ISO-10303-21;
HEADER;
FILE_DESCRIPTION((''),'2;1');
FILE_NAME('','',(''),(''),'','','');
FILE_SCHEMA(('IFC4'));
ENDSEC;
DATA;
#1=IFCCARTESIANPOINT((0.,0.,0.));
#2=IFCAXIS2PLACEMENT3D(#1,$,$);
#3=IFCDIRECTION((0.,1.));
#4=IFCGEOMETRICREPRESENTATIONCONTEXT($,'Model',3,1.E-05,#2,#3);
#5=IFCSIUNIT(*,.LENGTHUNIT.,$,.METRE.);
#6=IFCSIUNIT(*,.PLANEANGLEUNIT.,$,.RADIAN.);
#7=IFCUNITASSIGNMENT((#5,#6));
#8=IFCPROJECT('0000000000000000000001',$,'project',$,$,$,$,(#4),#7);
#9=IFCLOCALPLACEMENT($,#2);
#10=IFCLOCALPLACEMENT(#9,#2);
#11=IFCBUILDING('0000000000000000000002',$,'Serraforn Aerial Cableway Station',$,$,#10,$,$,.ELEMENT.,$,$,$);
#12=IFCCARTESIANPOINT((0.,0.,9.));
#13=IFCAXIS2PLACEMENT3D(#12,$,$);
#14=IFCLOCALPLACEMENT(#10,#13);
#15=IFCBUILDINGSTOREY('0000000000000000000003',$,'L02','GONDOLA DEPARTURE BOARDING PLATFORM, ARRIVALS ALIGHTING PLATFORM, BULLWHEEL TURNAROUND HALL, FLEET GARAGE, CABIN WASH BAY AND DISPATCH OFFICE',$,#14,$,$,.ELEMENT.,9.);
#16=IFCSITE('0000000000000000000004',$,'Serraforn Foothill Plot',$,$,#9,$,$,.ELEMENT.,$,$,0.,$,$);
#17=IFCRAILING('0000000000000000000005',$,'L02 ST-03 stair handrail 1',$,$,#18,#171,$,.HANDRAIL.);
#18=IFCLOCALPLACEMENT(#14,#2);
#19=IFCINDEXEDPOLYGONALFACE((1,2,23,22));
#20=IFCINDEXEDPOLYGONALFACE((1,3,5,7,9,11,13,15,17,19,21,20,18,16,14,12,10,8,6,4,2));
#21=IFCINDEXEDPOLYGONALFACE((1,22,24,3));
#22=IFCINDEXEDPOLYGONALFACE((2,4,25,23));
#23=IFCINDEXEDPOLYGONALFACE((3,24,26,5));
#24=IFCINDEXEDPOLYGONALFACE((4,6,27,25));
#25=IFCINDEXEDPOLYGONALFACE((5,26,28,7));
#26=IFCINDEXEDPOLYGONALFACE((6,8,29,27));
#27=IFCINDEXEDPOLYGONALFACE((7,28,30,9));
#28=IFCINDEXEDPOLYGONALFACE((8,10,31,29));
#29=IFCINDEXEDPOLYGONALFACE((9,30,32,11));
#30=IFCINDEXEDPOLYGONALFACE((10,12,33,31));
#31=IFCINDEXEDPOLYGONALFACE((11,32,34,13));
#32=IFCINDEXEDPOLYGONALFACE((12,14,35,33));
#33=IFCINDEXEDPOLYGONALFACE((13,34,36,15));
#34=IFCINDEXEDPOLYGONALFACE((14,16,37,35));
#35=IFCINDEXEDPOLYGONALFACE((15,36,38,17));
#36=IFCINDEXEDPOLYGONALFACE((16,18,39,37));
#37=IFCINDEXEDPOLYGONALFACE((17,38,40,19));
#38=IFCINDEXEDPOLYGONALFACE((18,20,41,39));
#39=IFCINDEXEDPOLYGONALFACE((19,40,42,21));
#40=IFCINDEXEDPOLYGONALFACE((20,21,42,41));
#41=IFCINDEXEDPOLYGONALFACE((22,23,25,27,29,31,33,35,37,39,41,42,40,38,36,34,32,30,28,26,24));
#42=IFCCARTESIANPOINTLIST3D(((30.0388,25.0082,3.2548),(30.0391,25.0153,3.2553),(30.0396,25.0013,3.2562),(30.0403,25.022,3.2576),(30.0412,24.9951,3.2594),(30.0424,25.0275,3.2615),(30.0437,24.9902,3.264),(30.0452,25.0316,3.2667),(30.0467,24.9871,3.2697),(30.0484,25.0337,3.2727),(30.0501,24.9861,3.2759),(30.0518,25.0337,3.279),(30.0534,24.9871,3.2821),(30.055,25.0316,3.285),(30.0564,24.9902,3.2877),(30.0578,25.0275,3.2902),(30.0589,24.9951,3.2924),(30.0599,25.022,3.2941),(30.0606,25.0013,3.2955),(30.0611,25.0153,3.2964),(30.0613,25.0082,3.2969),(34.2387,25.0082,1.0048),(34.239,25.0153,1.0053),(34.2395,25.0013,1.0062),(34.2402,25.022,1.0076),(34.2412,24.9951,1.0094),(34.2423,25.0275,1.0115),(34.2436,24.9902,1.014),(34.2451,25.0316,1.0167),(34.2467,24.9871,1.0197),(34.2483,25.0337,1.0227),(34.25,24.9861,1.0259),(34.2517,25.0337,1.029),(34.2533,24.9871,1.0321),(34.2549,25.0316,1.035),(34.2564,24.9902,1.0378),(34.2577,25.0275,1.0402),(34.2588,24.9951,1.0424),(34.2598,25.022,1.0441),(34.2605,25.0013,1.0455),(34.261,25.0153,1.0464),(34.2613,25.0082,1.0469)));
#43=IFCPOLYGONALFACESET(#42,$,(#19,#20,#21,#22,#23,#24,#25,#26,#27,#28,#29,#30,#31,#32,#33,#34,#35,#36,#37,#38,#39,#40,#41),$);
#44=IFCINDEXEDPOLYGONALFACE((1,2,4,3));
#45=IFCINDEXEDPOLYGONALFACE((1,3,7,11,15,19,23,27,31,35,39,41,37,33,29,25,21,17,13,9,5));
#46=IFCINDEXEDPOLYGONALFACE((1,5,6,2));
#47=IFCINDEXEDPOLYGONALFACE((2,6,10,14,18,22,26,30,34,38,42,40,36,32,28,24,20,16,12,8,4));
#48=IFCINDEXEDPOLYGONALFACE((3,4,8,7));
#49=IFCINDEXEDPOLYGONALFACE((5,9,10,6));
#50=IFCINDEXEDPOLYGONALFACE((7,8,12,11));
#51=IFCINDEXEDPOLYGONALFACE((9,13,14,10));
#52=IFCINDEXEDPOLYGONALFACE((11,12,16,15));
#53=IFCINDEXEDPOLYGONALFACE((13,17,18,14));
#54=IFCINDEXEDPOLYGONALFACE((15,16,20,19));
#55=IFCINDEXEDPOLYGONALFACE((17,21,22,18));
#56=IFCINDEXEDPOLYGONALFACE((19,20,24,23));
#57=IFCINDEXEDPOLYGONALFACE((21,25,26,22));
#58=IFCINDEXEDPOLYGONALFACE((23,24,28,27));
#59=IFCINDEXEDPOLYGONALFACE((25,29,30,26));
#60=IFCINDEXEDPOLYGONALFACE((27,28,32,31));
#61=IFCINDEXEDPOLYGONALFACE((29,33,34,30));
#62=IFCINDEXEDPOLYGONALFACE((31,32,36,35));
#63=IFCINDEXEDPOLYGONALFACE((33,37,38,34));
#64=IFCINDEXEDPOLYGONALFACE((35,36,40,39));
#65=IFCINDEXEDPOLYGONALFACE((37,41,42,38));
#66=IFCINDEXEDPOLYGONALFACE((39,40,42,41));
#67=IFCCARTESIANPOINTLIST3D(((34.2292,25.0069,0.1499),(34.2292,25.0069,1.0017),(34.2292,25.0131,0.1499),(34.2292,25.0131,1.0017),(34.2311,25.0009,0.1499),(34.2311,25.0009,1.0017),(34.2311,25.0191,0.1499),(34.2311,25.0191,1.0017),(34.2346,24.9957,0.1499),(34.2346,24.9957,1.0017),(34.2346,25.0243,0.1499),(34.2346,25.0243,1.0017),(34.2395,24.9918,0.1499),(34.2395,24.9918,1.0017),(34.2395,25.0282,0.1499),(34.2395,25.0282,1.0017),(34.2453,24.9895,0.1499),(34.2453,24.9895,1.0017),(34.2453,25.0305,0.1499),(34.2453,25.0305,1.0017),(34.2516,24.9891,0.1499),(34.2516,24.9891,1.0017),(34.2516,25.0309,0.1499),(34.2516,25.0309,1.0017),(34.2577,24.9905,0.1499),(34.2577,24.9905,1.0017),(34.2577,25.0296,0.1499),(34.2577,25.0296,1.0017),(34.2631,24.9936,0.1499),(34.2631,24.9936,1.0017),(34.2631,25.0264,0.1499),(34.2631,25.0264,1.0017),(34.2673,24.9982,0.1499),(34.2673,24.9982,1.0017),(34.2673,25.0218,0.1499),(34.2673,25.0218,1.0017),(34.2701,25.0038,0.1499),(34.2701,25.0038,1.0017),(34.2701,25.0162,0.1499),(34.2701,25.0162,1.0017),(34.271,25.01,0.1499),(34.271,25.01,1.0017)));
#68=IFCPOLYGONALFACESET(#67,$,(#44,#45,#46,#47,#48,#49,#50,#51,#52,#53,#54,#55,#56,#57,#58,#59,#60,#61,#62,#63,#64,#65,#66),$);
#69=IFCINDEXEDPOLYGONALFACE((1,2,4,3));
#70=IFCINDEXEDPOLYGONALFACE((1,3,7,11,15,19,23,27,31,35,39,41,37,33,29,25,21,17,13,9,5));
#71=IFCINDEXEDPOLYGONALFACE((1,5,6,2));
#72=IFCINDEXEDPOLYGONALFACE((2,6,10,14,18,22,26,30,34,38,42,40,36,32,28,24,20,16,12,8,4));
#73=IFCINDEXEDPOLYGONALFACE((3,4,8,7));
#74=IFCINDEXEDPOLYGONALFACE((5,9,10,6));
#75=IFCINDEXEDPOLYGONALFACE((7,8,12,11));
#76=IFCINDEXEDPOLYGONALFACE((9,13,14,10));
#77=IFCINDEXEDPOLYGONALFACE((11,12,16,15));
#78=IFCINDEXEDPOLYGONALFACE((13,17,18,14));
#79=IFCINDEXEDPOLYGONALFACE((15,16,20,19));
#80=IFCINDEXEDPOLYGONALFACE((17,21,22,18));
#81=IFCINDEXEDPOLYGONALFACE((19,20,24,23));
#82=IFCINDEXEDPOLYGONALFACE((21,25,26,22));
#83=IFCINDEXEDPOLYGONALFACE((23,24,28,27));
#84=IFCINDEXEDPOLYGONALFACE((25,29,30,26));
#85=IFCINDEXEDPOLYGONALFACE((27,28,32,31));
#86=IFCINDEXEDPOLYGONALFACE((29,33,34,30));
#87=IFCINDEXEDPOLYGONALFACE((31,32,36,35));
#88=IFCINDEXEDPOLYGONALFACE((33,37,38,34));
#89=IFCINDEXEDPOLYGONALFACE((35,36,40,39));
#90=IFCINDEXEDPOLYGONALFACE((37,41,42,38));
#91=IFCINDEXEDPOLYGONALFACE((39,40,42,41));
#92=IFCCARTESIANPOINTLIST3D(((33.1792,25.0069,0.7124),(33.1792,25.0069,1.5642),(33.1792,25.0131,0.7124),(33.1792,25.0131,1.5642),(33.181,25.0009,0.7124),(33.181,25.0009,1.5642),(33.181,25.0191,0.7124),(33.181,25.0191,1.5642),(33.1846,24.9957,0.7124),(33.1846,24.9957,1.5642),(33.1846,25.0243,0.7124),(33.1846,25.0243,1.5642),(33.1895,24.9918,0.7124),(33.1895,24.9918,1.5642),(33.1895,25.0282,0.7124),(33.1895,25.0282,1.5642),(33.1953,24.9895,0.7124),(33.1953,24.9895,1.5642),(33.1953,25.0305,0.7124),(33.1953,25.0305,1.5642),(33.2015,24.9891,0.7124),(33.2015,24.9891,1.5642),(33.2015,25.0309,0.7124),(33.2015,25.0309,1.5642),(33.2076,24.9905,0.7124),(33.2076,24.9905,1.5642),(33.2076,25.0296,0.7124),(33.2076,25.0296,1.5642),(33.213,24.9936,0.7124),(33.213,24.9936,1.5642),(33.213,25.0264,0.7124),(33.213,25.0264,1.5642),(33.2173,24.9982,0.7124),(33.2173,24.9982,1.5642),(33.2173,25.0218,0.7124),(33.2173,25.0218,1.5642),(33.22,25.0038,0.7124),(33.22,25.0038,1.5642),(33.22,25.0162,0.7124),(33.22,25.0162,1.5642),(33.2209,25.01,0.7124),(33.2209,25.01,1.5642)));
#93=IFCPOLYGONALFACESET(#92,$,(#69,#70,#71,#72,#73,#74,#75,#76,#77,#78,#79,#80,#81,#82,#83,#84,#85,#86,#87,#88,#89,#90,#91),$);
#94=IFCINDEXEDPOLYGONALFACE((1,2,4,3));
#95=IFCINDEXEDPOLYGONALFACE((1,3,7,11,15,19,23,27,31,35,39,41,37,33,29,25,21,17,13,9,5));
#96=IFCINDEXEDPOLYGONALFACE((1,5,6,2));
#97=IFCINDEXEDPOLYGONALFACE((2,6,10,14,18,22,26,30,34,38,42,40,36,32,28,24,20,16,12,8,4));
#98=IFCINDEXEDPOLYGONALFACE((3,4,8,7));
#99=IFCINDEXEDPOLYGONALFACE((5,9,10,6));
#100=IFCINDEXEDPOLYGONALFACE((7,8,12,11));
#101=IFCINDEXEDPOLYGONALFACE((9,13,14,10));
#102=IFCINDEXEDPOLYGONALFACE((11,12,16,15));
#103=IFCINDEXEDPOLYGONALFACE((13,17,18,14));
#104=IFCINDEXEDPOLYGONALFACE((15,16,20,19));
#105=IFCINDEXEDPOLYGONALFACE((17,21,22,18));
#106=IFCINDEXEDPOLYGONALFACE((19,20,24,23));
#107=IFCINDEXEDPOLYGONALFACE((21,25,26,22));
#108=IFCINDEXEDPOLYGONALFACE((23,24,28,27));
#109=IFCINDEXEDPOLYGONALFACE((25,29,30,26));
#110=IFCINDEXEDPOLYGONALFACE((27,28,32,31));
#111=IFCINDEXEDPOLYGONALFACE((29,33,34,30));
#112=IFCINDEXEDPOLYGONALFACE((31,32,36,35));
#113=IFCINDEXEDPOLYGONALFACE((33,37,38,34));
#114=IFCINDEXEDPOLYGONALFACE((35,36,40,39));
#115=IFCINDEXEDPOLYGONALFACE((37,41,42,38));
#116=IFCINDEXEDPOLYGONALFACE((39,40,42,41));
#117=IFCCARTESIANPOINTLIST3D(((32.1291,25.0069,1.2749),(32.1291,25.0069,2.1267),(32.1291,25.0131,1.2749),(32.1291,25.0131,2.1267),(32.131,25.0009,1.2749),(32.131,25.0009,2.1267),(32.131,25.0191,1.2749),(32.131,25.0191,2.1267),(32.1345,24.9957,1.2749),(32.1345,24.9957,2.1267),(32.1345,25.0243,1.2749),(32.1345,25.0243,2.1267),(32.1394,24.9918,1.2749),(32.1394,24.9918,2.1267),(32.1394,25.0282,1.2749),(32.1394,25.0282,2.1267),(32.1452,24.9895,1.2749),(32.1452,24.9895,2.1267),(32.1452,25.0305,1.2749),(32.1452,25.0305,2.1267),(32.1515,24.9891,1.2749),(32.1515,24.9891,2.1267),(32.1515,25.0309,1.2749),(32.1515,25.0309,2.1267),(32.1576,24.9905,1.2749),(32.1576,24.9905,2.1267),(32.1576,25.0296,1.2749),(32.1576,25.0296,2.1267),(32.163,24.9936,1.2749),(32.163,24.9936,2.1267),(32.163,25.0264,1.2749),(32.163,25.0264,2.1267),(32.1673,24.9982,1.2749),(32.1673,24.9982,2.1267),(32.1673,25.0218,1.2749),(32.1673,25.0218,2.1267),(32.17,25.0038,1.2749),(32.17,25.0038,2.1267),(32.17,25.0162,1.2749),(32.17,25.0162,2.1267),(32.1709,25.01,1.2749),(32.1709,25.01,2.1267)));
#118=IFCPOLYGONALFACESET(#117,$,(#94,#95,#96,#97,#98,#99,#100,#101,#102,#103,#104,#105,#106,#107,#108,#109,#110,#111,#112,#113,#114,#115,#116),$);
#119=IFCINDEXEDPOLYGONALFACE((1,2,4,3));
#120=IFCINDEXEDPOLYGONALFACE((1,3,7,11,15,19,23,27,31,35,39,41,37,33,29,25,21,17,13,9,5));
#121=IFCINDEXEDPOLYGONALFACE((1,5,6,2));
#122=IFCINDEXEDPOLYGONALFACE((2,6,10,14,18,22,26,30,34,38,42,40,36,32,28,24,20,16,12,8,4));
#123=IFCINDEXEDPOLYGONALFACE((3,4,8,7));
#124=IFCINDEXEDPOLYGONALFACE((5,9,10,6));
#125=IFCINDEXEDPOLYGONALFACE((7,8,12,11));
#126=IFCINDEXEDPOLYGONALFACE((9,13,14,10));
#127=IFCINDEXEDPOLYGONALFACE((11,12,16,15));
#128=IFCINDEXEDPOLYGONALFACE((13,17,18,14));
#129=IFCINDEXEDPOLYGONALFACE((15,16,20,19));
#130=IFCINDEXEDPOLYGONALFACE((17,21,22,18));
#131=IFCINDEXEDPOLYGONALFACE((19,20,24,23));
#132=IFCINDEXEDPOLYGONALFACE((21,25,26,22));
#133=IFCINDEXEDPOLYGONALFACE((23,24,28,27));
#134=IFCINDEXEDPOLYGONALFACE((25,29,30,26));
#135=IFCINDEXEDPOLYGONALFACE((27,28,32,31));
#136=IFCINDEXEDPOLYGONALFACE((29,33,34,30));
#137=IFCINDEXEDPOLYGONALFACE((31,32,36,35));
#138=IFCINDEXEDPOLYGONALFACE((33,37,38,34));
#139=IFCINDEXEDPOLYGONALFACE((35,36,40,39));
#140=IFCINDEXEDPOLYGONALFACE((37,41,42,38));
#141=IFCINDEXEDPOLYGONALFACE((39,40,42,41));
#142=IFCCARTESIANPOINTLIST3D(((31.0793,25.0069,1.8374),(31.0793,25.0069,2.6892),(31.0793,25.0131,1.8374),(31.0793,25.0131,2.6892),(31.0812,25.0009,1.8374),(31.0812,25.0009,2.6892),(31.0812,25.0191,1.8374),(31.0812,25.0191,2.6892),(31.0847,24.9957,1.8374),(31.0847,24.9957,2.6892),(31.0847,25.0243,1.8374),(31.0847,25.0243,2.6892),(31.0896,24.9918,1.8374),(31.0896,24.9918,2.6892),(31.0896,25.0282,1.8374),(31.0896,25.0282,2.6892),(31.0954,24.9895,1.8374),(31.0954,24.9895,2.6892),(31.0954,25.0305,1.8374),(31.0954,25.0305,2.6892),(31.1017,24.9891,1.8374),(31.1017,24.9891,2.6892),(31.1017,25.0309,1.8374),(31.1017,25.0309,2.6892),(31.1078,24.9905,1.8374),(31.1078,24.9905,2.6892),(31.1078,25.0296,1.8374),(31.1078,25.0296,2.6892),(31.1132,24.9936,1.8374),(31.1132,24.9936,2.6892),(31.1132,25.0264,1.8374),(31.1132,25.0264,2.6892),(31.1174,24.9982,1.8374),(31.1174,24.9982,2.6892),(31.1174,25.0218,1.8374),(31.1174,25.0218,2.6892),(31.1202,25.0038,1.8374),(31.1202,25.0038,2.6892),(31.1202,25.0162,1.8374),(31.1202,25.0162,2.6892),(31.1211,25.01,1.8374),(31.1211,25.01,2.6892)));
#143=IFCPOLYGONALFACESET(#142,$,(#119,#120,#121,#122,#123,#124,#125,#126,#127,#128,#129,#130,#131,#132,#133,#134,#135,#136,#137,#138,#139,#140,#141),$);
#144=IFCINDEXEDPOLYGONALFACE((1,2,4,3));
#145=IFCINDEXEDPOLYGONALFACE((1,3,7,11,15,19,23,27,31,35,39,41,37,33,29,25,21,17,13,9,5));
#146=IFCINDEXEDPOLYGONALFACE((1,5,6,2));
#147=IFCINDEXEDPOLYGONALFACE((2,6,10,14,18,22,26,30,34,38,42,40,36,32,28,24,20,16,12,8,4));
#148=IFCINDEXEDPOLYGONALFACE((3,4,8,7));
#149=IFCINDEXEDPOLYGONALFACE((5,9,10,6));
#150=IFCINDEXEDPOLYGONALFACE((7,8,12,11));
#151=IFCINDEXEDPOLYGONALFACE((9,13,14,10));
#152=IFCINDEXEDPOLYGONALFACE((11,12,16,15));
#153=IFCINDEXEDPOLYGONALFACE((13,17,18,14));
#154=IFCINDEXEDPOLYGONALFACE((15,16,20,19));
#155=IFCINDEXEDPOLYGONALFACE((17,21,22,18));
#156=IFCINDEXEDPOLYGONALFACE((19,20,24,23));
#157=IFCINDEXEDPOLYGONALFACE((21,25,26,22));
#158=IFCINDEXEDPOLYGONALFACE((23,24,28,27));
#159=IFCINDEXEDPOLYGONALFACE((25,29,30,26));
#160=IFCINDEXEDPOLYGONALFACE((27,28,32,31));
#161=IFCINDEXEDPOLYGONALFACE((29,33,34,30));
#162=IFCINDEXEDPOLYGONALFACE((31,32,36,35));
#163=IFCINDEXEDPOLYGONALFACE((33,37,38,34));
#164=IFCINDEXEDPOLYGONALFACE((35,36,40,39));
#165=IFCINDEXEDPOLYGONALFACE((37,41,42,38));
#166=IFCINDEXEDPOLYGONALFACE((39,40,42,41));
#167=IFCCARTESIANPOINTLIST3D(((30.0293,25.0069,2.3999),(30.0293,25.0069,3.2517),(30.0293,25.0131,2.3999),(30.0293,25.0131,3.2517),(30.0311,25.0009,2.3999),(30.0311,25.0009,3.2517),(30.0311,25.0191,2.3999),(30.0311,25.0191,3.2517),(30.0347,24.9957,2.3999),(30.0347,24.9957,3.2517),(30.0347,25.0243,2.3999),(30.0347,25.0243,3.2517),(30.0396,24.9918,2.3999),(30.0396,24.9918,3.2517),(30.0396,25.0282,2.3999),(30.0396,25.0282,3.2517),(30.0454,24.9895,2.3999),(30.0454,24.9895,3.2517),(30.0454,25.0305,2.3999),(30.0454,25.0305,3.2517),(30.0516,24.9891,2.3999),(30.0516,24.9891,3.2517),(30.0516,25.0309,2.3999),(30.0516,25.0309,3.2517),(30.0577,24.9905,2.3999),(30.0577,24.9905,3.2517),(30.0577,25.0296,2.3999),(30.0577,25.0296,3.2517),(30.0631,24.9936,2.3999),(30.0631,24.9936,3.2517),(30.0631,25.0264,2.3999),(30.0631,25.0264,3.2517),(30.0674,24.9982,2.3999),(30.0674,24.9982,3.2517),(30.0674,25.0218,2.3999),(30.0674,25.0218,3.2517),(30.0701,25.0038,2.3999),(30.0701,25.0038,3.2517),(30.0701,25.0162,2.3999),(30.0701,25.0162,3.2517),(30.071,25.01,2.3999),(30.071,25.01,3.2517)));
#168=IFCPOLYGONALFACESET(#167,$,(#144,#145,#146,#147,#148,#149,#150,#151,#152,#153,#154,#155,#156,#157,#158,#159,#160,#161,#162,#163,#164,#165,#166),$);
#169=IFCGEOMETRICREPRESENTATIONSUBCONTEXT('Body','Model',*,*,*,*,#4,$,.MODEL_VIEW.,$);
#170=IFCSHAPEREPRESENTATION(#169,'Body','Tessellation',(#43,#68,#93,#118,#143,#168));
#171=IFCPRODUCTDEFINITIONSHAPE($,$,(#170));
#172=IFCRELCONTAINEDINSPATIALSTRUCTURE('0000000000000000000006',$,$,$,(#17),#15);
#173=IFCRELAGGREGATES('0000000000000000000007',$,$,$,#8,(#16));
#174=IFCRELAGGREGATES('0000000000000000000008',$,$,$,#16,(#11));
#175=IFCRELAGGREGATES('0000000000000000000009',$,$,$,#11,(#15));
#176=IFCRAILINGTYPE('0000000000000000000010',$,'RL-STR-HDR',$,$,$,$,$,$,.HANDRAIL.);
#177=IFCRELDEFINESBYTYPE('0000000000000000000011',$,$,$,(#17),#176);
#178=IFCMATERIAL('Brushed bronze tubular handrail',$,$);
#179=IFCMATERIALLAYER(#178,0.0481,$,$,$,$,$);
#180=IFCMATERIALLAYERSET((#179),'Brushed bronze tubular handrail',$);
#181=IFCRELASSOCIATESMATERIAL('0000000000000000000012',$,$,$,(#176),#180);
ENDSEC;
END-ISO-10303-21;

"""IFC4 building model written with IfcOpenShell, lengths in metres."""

from ifc_helpers import new_model, si_unit, direction, frame, origin, origin_2d, place, context, subcontext, project, spatial, circle, extrude, material, layer, layer_set, type_object, element, save


model = new_model("IFC4")

# Units and contexts
model_context = context("Model", 3, precision=1e-05, world=origin(), true_north=direction((0.0, 1.0)))
body_context = subcontext(model_context, "Body", "Model", "MODEL_VIEW")
ifc_project = project(units=[si_unit("LENGTHUNIT", "METRE"), si_unit("PLANEANGLEUNIT", "RADIAN")], contexts=[model_context])

# Site, building, storey
site_placement = place(None, origin())
site = spatial("IfcSite", under=ifc_project, at=site_placement, Name="Serraforn Foothill Plot", CompositionType="ELEMENT", RefElevation=0.0)
building_placement = place(site_placement, origin())
building = spatial("IfcBuilding", under=site, at=building_placement, Name="Serraforn Aerial Cableway Station", CompositionType="ELEMENT")
storey_placement = place(building_placement, frame((0.0, 0.0, 9.0)))
storey = spatial("IfcBuildingStorey", under=building, at=storey_placement, Name="L02", Description="GONDOLA DEPARTURE BOARDING PLATFORM, ARRIVALS ALIGHTING PLATFORM, BULLWHEEL TURNAROUND HALL, FLEET GARAGE, CABIN WASH BAY AND DISPATCH OFFICE", CompositionType="ELEMENT", Elevation=9.0)

# Railing
ifc_material_1 = material(Name="Brushed bronze tubular handrail")
ifc_layer_1 = layer(ifc_material_1, 0.0481)
ifc_layer_set_1 = layer_set([ifc_layer_1], Name="Brushed bronze tubular handrail")
railing_type_1 = type_object("IfcRailingType", Name="RL-STR-HDR", PredefinedType="HANDRAIL", material=ifc_layer_set_1)
railing_1_placement = place(storey_placement, frame((34.25, 25.01, 0.1499)))
element("IfcRailing", 1, at=railing_1_placement, inside=storey, type_object=railing_type_1, Name="L02 ST-03 stair handrail 1", PredefinedType="HANDRAIL", context=body_context, shape_type="SweptSolid", body=[
    extrude(circle(Radius=0.0239, at=origin_2d()), frame((0.0, 0.0, 0.876), z_axis=(-0.881478, 0.0, 0.472226), x_axis=(0.0, -1.0, 0.0)), (0.0, 0.0, 1.0), 4.7646),
    extrude(circle(Radius=0.021, at=origin_2d()), origin(), (0.0, 0.0, 1.0), 0.8518),
    extrude(circle(Radius=0.021, at=origin_2d()), frame((-1.05, 0.0, 0.5625)), (0.0, 0.0, 1.0), 0.8518),
    extrude(circle(Radius=0.021, at=origin_2d()), frame((-2.1001, 0.0, 1.125)), (0.0, 0.0, 1.0), 0.8518),
    extrude(circle(Radius=0.021, at=origin_2d()), frame((-3.1499, 0.0, 1.6875)), (0.0, 0.0, 1.0), 0.8518),
    extrude(circle(Radius=0.021, at=origin_2d()), frame((-4.2, 0.0, 2.25)), (0.0, 0.0, 1.0), 0.8518),
])

save(model, "model.ifc")
